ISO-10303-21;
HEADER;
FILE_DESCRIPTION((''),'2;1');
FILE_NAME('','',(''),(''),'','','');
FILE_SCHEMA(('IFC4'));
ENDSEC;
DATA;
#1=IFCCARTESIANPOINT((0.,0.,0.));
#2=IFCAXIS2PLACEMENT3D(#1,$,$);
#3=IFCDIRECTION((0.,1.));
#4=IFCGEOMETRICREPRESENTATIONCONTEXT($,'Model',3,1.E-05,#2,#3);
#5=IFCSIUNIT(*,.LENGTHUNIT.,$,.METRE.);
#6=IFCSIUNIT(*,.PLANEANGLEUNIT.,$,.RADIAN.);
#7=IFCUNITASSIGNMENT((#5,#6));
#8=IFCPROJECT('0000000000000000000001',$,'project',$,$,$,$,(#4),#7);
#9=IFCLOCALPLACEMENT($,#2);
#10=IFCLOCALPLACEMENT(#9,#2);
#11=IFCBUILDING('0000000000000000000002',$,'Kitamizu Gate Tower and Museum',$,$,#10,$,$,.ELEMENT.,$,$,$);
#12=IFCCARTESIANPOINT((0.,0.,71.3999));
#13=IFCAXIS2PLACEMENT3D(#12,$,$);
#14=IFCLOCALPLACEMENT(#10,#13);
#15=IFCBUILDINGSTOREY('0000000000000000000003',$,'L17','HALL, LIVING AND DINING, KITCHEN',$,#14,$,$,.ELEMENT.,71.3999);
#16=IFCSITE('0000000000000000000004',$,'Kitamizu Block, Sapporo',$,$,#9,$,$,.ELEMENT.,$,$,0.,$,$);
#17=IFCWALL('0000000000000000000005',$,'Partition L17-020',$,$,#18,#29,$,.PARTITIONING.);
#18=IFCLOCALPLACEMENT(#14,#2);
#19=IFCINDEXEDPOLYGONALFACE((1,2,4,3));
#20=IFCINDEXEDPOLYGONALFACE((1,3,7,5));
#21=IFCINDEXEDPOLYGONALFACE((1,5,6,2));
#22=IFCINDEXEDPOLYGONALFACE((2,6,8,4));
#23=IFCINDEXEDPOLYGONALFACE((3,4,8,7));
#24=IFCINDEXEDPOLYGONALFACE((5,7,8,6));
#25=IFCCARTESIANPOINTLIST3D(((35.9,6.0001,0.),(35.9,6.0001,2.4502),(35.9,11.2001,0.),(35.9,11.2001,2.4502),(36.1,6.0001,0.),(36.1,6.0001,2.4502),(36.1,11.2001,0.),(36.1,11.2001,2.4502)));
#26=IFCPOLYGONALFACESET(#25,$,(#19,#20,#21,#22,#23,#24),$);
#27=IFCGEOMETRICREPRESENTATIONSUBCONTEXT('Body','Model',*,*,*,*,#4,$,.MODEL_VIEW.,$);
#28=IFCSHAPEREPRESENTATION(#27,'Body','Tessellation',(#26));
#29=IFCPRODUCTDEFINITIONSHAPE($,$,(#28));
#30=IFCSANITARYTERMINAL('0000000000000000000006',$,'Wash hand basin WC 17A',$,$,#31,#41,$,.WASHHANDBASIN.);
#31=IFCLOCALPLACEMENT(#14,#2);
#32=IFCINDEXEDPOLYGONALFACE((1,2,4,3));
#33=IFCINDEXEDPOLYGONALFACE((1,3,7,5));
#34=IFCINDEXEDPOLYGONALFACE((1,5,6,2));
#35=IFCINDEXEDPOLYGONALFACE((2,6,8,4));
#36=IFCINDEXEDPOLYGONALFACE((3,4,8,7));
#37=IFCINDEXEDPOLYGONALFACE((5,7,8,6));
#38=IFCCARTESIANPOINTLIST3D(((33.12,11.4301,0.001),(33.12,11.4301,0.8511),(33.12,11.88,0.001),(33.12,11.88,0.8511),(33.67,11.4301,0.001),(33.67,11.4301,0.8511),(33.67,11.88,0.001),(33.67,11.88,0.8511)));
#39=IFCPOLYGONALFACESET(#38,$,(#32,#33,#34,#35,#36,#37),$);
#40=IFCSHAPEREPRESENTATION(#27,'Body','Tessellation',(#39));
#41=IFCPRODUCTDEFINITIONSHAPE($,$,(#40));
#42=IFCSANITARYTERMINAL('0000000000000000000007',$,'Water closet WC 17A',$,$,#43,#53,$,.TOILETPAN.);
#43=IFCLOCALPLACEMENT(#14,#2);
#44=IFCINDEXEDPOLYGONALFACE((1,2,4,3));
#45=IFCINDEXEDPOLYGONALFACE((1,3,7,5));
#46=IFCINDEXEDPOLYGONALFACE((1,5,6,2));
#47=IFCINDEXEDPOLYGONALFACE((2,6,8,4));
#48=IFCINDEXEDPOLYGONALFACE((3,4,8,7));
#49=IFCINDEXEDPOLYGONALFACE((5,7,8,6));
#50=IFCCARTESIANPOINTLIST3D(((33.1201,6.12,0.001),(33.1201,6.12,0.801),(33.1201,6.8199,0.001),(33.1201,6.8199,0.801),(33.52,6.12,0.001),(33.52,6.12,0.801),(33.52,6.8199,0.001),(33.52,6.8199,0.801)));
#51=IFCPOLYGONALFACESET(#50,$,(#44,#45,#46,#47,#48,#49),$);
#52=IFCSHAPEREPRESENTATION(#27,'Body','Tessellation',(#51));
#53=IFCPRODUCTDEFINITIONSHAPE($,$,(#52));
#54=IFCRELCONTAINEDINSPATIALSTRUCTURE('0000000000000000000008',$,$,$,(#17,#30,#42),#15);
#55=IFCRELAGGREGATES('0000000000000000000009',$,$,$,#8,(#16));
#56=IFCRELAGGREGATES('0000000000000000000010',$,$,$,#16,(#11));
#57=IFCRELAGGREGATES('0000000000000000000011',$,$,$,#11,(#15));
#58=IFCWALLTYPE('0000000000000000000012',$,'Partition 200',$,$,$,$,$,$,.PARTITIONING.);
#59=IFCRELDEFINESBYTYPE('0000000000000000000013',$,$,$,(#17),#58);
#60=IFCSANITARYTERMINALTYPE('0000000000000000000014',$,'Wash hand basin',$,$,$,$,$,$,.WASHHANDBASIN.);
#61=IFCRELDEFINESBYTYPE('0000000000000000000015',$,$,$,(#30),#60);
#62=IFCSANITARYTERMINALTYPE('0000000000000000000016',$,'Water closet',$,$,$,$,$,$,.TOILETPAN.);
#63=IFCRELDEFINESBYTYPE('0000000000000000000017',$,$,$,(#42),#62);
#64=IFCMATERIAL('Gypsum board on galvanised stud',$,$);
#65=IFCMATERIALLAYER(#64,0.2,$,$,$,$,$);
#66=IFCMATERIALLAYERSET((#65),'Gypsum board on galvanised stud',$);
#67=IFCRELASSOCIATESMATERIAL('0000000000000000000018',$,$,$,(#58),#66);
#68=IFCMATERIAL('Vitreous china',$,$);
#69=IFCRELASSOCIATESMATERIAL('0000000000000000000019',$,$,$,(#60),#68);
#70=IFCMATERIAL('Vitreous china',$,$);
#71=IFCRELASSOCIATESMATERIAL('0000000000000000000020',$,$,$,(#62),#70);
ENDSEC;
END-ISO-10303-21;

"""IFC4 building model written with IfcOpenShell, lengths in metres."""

from ifc_helpers import new_model, si_unit, direction, frame, frame_2d, origin, origin_2d, place, context, subcontext, project, spatial, rectangle, extrude, material, layer, layer_set, type_object, element, save


model = new_model("IFC4")

# Units and contexts
model_context = context("Model", 3, precision=1e-05, world=origin(), true_north=direction((0.0, 1.0)))
body_context = subcontext(model_context, "Body", "Model", "MODEL_VIEW")
ifc_project = project(units=[si_unit("LENGTHUNIT", "METRE"), si_unit("PLANEANGLEUNIT", "RADIAN")], contexts=[model_context])

# Site, building, storey
site_placement = place(None, origin())
site = spatial("IfcSite", under=ifc_project, at=site_placement, Name="Kitamizu Block, Sapporo", CompositionType="ELEMENT", RefElevation=0.0)
building_placement = place(site_placement, origin())
building = spatial("IfcBuilding", under=site, at=building_placement, Name="Kitamizu Gate Tower and Museum", CompositionType="ELEMENT")
storey_placement = place(building_placement, frame((0.0, 0.0, 71.3999)))
storey = spatial("IfcBuildingStorey", under=building, at=storey_placement, Name="L17", Description="HALL, LIVING AND DINING, KITCHEN", CompositionType="ELEMENT", Elevation=71.3999)

# Wall
ifc_material_1 = material(Name="Gypsum board on galvanised stud")
ifc_layer_1 = layer(ifc_material_1, 0.2)
ifc_layer_set_1 = layer_set([ifc_layer_1], Name="Gypsum board on galvanised stud")
wall_type_1 = type_object("IfcWallType", Name="Partition 200", PredefinedType="PARTITIONING", material=ifc_layer_set_1)
wall_1_placement = place(storey_placement, frame((36.0, 6.0, 0.0), z_axis=(0.0, 0.0, 1.0), x_axis=(0.0, 1.0, 0.0)))
element("IfcWall", 1, at=wall_1_placement, inside=storey, type_object=wall_type_1, Name="Partition L17-020", PredefinedType="PARTITIONING", context=body_context, shape_type="SweptSolid", body=[
    extrude(rectangle(XDim=5.2, YDim=0.2, at=frame_2d((2.6001, 0.0))), origin(), (0.0, 0.0, 1.0), 2.4502),
])

# Sanitary terminals
ifc_material_2 = material(Name="Vitreous china")
sanitary_terminal_type_1 = type_object("IfcSanitaryTerminalType", Name="Wash hand basin", PredefinedType="WASHHANDBASIN", material=ifc_material_2)
sanitary_terminal_1_placement = place(storey_placement, frame((33.395, 11.655, 0.001), z_axis=(0.0, 0.0, 1.0), x_axis=(1.0, 0.0, 0.0)))
element("IfcSanitaryTerminal", 2, at=sanitary_terminal_1_placement, inside=storey, type_object=sanitary_terminal_type_1, Name="Wash hand basin WC 17A", PredefinedType="WASHHANDBASIN", context=body_context, shape_type="SweptSolid", body=[
    extrude(rectangle(XDim=0.55, YDim=0.45, at=origin_2d()), origin(), (0.0, 0.0, 1.0), 0.8501),
])
ifc_material_3 = material(Name="Vitreous china")
sanitary_terminal_type_2 = type_object("IfcSanitaryTerminalType", Name="Water closet", PredefinedType="TOILETPAN", material=ifc_material_3)
sanitary_terminal_2_placement = place(storey_placement, frame((33.3201, 6.47, 0.001), z_axis=(0.0, 0.0, 1.0), x_axis=(1.0, 0.0, 0.0)))
element("IfcSanitaryTerminal", 3, at=sanitary_terminal_2_placement, inside=storey, type_object=sanitary_terminal_type_2, Name="Water closet WC 17A", PredefinedType="TOILETPAN", context=body_context, shape_type="SweptSolid", body=[
    extrude(rectangle(XDim=0.3999, YDim=0.7, at=origin_2d()), origin(), (0.0, 0.0, 1.0), 0.8),
])

save(model, "model.ifc")
